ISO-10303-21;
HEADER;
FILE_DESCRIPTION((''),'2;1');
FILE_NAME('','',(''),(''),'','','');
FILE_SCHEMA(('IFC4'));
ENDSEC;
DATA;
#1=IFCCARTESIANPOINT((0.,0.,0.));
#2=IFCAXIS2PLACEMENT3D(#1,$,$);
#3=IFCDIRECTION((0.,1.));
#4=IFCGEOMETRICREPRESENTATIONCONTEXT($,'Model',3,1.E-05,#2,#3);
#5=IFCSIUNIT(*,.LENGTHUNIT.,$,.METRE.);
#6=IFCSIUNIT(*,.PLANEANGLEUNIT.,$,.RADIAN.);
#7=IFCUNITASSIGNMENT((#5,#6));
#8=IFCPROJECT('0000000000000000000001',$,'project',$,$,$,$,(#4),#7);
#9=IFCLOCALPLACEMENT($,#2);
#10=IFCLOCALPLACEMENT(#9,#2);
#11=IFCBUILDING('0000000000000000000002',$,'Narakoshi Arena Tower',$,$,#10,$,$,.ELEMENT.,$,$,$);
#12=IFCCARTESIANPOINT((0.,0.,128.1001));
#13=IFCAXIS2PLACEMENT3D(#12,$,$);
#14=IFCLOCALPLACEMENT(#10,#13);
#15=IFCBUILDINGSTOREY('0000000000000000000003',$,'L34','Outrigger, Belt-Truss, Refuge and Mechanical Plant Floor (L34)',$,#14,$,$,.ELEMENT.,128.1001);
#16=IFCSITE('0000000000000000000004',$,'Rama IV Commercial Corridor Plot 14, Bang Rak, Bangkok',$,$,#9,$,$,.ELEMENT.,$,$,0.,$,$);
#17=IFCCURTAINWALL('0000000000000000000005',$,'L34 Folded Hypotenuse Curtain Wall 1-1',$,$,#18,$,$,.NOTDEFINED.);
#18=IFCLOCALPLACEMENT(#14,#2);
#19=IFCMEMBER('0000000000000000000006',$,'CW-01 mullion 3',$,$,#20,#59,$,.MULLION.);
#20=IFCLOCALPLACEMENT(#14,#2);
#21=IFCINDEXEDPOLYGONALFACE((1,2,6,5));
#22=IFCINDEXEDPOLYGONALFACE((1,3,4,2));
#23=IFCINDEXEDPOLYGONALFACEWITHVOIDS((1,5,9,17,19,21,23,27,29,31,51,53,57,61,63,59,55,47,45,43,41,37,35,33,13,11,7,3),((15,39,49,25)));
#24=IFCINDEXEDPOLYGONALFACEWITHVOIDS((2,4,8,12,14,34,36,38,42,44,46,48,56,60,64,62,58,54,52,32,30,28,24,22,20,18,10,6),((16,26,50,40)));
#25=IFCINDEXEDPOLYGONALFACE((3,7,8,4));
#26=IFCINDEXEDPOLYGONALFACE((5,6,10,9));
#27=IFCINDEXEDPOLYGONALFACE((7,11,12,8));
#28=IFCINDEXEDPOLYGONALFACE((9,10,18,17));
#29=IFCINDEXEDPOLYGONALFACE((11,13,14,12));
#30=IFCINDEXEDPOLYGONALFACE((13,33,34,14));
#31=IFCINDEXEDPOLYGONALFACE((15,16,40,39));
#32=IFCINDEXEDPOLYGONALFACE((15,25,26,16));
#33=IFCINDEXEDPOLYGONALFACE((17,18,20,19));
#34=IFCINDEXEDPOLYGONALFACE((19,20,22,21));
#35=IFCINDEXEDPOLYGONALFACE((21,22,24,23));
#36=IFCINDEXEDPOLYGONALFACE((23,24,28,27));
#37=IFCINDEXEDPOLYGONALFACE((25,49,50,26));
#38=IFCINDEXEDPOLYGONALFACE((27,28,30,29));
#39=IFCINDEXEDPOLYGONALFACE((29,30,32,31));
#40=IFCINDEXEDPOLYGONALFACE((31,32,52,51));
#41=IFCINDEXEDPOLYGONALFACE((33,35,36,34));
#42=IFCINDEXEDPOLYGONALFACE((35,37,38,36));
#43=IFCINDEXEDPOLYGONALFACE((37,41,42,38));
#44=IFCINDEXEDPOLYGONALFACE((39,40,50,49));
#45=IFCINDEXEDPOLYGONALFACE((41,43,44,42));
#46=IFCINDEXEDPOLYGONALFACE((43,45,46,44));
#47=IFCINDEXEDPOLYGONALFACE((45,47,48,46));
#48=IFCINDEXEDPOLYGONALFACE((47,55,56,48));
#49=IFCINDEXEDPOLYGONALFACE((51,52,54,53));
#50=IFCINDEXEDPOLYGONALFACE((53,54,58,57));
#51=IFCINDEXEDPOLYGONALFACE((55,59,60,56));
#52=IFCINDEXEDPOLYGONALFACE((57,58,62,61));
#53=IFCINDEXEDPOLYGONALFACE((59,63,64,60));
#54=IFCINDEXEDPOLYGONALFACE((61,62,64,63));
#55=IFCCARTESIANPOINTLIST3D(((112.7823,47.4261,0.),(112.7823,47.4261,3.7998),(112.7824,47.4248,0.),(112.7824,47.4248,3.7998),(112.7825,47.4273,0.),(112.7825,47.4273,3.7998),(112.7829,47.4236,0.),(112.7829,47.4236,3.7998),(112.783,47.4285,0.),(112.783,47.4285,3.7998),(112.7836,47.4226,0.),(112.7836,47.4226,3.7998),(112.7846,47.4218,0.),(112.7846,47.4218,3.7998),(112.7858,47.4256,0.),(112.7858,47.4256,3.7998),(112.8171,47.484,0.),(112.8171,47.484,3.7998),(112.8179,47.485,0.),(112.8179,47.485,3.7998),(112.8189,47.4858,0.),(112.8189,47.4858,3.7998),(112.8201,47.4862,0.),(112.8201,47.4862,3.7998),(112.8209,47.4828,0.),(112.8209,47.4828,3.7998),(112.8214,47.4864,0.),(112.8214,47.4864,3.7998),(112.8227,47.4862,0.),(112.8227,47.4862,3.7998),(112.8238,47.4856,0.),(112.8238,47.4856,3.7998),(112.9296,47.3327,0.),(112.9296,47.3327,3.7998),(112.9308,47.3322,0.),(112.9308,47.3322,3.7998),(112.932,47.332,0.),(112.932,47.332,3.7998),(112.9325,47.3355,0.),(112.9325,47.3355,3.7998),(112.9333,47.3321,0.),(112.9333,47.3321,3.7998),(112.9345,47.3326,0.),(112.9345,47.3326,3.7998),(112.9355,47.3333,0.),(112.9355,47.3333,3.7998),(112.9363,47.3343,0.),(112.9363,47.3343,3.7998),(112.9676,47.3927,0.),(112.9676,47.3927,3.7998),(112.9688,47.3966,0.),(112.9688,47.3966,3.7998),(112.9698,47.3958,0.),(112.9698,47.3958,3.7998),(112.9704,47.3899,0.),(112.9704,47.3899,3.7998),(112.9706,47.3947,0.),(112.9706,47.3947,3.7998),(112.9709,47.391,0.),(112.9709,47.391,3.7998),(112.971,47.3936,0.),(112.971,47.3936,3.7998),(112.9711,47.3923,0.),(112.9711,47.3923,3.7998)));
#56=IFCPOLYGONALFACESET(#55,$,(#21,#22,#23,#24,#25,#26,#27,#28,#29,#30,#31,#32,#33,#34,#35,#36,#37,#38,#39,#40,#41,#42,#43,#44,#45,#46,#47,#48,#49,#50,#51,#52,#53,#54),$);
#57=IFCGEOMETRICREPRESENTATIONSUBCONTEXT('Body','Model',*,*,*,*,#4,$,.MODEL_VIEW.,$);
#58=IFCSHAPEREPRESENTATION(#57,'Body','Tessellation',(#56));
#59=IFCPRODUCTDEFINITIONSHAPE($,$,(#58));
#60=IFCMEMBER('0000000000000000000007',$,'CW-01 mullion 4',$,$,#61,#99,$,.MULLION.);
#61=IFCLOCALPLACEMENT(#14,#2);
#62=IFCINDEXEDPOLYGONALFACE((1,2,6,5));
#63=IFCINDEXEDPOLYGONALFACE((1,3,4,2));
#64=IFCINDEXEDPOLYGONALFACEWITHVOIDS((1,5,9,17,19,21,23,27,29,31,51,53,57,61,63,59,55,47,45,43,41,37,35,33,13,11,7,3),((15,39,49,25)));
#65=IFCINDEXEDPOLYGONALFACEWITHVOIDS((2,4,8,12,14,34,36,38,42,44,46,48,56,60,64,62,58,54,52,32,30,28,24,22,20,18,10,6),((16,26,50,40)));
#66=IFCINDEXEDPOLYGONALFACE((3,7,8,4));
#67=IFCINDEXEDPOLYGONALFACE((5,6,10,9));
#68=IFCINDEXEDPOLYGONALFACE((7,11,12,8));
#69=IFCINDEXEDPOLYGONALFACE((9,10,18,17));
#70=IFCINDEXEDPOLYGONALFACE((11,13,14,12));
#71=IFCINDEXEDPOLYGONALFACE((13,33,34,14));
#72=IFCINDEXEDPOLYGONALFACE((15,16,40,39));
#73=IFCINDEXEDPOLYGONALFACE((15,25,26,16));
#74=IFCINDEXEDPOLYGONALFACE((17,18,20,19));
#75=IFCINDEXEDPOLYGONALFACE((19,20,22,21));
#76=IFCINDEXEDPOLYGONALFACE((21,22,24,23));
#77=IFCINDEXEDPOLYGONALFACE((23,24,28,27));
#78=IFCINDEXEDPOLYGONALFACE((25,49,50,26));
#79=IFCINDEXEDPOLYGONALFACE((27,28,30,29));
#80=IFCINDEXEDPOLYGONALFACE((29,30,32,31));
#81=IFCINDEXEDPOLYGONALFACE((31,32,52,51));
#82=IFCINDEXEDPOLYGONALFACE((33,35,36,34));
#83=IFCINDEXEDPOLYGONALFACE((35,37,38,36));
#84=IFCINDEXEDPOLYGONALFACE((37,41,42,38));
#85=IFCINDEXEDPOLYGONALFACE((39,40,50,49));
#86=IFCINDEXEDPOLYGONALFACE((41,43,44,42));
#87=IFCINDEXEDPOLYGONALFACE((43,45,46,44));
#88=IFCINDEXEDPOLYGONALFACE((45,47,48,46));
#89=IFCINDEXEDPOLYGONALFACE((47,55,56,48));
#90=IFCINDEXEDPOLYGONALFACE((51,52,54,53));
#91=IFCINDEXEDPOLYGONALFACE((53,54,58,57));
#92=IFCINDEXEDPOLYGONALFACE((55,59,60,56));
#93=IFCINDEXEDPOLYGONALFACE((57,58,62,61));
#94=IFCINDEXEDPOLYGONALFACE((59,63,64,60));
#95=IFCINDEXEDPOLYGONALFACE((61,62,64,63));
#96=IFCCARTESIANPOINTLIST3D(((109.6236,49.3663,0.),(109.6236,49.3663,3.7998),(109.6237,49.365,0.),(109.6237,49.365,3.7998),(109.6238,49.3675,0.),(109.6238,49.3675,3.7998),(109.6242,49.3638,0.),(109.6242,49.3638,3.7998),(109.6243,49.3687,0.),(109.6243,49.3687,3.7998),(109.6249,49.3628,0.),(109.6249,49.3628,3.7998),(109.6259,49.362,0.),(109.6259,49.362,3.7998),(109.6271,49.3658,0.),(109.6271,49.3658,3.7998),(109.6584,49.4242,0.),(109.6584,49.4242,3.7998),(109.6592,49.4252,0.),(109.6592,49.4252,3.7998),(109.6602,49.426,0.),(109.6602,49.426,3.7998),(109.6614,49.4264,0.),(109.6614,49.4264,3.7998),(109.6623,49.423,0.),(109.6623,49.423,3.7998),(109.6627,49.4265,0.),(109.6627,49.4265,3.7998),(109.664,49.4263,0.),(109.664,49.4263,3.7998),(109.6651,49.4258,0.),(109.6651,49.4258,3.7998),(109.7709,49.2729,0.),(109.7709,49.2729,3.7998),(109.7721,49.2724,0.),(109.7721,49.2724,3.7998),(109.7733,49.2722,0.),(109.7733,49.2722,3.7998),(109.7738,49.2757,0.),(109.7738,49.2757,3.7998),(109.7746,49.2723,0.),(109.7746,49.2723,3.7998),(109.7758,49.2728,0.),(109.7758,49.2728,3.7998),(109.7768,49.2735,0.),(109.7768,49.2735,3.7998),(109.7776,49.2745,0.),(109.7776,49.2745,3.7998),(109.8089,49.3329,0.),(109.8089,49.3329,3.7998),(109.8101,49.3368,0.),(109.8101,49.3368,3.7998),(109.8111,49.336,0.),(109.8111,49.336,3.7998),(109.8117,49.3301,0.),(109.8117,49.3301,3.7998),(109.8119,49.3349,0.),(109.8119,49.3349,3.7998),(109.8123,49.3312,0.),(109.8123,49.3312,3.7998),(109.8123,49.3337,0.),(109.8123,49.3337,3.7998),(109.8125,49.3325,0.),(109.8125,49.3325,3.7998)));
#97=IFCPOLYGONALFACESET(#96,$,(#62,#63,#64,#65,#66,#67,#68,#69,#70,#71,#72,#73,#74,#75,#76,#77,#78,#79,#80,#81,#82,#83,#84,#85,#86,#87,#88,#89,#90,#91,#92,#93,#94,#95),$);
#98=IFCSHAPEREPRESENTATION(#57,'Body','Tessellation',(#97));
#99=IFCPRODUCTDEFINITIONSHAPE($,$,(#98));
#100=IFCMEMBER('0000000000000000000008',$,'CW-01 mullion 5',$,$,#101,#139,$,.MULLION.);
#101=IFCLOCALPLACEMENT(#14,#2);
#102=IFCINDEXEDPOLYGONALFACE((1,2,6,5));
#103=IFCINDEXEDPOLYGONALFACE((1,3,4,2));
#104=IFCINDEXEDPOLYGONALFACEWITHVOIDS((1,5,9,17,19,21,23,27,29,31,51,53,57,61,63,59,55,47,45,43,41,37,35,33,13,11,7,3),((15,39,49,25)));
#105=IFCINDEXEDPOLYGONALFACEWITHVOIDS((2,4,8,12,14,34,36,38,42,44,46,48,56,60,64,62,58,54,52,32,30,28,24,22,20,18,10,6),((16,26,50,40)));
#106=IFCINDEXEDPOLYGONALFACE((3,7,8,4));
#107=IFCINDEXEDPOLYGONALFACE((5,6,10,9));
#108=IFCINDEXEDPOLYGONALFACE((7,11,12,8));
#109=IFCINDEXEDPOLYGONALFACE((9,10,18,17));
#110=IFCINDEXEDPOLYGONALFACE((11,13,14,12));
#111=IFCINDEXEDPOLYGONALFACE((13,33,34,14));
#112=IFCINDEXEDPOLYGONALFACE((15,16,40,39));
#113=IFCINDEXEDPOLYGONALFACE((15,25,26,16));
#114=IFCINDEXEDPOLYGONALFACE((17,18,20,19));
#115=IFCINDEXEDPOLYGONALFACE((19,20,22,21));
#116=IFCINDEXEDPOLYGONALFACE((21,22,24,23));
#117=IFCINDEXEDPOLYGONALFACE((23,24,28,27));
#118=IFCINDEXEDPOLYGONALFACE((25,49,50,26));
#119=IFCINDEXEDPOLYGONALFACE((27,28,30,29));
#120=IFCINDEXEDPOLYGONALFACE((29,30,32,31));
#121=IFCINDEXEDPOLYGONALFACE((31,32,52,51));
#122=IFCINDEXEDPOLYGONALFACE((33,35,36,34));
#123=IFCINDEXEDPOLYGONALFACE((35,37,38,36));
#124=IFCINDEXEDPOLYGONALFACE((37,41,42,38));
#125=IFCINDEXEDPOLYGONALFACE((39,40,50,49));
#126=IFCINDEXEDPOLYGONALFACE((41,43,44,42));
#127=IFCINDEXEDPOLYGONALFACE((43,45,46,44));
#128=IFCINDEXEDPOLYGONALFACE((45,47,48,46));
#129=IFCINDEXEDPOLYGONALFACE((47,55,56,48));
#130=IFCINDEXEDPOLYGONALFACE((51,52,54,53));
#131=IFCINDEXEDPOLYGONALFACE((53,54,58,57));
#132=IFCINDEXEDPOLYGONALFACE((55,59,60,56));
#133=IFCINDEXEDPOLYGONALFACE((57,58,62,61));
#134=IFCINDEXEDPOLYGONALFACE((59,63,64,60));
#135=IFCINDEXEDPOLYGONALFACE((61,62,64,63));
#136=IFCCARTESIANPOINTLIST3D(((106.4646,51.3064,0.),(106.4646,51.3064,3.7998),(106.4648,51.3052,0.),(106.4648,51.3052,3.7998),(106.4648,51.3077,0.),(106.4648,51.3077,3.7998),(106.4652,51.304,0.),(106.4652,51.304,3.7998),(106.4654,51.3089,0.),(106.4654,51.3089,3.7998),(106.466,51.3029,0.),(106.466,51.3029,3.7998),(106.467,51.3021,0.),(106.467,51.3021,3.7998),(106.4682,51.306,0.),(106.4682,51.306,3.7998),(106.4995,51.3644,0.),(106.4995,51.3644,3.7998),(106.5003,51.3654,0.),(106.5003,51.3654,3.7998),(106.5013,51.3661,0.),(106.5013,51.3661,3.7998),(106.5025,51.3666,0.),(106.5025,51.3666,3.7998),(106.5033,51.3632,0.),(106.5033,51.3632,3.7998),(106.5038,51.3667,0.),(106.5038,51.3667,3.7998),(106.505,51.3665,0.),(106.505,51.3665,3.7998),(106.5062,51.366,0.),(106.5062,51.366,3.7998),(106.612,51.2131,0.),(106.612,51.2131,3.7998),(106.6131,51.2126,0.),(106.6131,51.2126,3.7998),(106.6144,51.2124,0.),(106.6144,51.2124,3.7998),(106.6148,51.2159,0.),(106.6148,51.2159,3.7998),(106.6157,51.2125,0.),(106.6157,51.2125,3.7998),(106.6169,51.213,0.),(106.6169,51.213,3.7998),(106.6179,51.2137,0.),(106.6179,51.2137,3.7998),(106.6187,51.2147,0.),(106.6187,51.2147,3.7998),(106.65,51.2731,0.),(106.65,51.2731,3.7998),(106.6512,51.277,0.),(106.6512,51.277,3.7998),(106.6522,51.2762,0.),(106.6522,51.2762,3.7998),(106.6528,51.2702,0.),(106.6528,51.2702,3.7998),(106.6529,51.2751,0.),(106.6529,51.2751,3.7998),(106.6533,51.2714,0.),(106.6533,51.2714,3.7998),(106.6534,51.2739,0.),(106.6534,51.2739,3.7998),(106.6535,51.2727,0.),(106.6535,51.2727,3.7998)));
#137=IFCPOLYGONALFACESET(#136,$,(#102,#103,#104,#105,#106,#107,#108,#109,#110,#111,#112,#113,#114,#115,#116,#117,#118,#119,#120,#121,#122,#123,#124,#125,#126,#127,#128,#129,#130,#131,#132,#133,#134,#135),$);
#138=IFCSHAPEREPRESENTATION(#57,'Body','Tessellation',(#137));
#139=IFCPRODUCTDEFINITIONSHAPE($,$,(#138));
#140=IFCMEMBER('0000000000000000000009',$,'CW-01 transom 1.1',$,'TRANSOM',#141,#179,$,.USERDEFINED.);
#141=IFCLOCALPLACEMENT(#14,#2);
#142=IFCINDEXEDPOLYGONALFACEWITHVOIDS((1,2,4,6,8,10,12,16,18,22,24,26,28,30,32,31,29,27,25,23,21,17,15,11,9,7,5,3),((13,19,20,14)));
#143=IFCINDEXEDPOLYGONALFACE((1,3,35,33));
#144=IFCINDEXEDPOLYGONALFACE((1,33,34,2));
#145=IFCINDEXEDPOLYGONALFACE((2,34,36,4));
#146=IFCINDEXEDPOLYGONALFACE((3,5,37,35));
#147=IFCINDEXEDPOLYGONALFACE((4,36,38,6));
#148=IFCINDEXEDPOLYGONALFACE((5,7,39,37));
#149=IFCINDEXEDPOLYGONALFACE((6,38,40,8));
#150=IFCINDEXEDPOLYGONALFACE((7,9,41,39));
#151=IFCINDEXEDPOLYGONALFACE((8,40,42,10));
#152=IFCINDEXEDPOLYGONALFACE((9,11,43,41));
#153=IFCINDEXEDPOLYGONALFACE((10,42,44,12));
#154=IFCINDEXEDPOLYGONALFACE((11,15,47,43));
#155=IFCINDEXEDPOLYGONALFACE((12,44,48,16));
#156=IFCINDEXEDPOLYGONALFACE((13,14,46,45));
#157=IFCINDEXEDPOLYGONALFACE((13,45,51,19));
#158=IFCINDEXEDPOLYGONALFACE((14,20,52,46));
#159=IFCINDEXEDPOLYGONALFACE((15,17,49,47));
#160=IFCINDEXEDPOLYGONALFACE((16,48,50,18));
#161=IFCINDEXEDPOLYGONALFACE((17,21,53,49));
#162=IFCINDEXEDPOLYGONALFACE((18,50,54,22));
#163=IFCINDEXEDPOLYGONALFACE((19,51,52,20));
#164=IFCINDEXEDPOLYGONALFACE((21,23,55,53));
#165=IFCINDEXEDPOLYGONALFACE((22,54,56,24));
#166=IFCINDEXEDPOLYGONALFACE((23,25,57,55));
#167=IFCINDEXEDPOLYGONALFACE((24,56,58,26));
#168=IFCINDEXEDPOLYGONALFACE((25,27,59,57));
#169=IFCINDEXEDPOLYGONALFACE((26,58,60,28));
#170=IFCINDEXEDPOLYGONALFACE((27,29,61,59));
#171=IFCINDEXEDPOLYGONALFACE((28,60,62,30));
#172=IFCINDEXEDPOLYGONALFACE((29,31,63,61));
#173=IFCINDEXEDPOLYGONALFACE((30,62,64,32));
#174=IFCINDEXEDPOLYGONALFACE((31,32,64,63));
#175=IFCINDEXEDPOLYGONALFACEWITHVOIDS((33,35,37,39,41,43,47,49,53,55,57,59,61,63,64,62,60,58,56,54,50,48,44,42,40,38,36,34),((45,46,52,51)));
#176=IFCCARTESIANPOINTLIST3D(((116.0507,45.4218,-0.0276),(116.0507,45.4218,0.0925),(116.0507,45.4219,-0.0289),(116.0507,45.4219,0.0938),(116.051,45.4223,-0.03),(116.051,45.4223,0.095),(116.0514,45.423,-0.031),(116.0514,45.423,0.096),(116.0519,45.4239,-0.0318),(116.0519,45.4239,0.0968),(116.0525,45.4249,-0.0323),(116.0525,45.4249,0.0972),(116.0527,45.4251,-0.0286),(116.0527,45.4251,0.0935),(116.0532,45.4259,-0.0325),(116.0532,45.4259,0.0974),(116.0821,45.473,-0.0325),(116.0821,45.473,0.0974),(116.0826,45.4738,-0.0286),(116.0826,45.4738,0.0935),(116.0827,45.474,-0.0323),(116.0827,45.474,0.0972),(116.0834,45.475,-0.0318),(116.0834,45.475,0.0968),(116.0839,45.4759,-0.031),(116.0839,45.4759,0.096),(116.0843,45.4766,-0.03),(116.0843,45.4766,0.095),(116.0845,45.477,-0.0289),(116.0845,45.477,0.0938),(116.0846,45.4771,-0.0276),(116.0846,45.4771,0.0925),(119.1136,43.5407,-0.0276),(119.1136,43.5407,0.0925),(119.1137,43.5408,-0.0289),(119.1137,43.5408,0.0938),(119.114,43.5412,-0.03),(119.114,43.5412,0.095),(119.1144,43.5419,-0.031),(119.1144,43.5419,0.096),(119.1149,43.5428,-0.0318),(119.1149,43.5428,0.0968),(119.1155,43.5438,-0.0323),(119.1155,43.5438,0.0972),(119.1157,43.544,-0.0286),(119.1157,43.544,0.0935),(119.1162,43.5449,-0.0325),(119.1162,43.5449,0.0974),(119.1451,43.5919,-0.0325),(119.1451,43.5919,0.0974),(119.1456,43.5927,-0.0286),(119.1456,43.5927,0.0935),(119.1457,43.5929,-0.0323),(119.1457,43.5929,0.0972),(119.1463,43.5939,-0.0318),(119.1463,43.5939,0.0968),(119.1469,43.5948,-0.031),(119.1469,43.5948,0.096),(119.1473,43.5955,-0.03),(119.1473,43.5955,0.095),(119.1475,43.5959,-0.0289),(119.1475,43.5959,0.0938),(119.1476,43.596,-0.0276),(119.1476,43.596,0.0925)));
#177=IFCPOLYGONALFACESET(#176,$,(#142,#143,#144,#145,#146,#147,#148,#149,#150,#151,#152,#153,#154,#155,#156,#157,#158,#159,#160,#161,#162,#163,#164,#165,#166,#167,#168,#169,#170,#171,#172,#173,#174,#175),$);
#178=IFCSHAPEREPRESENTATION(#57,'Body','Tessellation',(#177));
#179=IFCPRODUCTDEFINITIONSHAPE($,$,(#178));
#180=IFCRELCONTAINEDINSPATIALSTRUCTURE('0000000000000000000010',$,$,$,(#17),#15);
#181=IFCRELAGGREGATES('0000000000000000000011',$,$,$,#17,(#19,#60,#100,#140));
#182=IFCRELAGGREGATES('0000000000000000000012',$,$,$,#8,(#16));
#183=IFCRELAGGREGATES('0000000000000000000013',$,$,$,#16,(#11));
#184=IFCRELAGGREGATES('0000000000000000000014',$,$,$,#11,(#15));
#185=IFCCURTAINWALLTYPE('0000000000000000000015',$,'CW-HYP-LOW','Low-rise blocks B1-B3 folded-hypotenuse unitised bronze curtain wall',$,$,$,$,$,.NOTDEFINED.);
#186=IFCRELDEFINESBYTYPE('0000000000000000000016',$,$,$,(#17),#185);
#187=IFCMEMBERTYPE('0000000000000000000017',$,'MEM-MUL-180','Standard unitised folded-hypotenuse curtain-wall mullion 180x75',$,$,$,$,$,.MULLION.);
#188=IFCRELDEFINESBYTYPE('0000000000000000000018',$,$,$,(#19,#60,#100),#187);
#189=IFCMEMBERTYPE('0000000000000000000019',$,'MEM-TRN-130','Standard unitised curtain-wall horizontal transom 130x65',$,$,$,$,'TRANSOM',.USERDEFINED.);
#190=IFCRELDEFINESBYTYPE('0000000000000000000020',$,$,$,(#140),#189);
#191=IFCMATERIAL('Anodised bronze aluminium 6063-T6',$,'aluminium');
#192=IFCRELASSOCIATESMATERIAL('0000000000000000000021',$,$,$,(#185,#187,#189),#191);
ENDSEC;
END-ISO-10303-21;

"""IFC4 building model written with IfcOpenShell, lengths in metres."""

from ifc_helpers import new_model, si_unit, direction, frame, origin, origin_2d, place, context, subcontext, project, spatial, hollow_rectangle, extrude, material, material_profile, profile_set, type_object, element, aggregate, save


model = new_model("IFC4")

# Units and contexts
model_context = context("Model", 3, precision=1e-05, world=origin(), true_north=direction((0.0, 1.0)))
body_context = subcontext(model_context, "Body", "Model", "MODEL_VIEW")
ifc_project = project(units=[si_unit("LENGTHUNIT", "METRE"), si_unit("PLANEANGLEUNIT", "RADIAN")], contexts=[model_context])

# Site, building, storey
site_placement = place(None, origin())
site = spatial("IfcSite", under=ifc_project, at=site_placement, Name="Rama IV Commercial Corridor Plot 14, Bang Rak, Bangkok", CompositionType="ELEMENT", RefElevation=0.0)
building_placement = place(site_placement, origin())
building = spatial("IfcBuilding", under=site, at=building_placement, Name="Narakoshi Arena Tower", CompositionType="ELEMENT")
storey_placement = place(building_placement, frame((0.0, 0.0, 128.1001)))
storey = spatial("IfcBuildingStorey", under=building, at=storey_placement, Name="L34", Description="Outrigger, Belt-Truss, Refuge and Mechanical Plant Floor (L34)", CompositionType="ELEMENT", Elevation=128.1001)

# Curtain wall, members
ifc_material_1 = material(Name="Anodised bronze aluminium 6063-T6", Category="aluminium")
curtain_wall_type = type_object("IfcCurtainWallType", Name="CW-HYP-LOW", Description="Low-rise blocks B1-B3 folded-hypotenuse unitised bronze curtain wall", PredefinedType="NOTDEFINED", material=ifc_material_1)
curtain_wall_placement = place(storey_placement, origin())
curtain_wall = element("IfcCurtainWall", 1, at=curtain_wall_placement, inside=storey, type_object=curtain_wall_type, Name="L34 Folded Hypotenuse Curtain Wall 1-1", PredefinedType="NOTDEFINED")
ifc_material_profile_1 = material_profile(ifc_material_1, hollow_rectangle(XDim=0.075, YDim=0.1799, WallThickness=0.0039, OuterFilletRadius=0.0049, at=origin_2d()), Name="MUL180x75x4")
ifc_profile_set_1 = profile_set([ifc_material_profile_1], Name="Anodised bronze aluminium 6063-T6")
member_type_1 = type_object("IfcMemberType", Name="MEM-MUL-180", Description="Standard unitised folded-hypotenuse curtain-wall mullion 180x75", PredefinedType="MULLION", material=ifc_profile_set_1)
member_1_placement = place(storey_placement, frame((112.8767, 47.4092, 0.0), z_axis=(0.0, 0.0, 1.0), x_axis=(-0.523358, -0.852113, 0.0)))
member_1 = element("IfcMember", 2, at=member_1_placement, type_object=member_type_1, Name="CW-01 mullion 3", PredefinedType="MULLION", context=body_context, shape_type="SweptSolid", body=[
    extrude(hollow_rectangle(XDim=0.075, YDim=0.1799, WallThickness=0.0039, OuterFilletRadius=0.0049, at=origin_2d()), origin(), (0.0, 0.0, 1.0), 3.7998),
])
member_2_placement = place(storey_placement, frame((109.718, 49.3494, 0.0), z_axis=(0.0, 0.0, 1.0), x_axis=(-0.523358, -0.852113, 0.0)))
member_2 = element("IfcMember", 3, at=member_2_placement, type_object=member_type_1, Name="CW-01 mullion 4", PredefinedType="MULLION", context=body_context, shape_type="SweptSolid", body=[
    extrude(hollow_rectangle(XDim=0.075, YDim=0.1799, WallThickness=0.0039, OuterFilletRadius=0.0049, at=origin_2d()), origin(), (0.0, 0.0, 1.0), 3.7998),
])
member_3_placement = place(storey_placement, frame((106.5591, 51.2896, 0.0), z_axis=(0.0, 0.0, 1.0), x_axis=(-0.523358, -0.852113, 0.0)))
member_3 = element("IfcMember", 4, at=member_3_placement, type_object=member_type_1, Name="CW-01 mullion 5", PredefinedType="MULLION", context=body_context, shape_type="SweptSolid", body=[
    extrude(hollow_rectangle(XDim=0.075, YDim=0.1799, WallThickness=0.0039, OuterFilletRadius=0.0049, at=origin_2d()), origin(), (0.0, 0.0, 1.0), 3.7998),
])
ifc_material_profile_2 = material_profile(ifc_material_1, hollow_rectangle(XDim=0.0649, YDim=0.1299, WallThickness=0.0039, OuterFilletRadius=0.0049, at=origin_2d()), Name="TRN130x65x4")
ifc_profile_set_2 = profile_set([ifc_material_profile_2], Name="Anodised bronze aluminium 6063-T6")
member_type_2 = type_object("IfcMemberType", Name="MEM-TRN-130", Description="Standard unitised curtain-wall horizontal transom 130x65", ElementType="TRANSOM", PredefinedType="USERDEFINED", material=ifc_profile_set_2)
member_4_placement = place(storey_placement, frame((119.1306, 43.5684, 0.0325), z_axis=(-0.852131, 0.523328, 0.0), x_axis=(-0.523328, -0.852131, 0.0)))
member_4 = element("IfcMember", 5, at=member_4_placement, type_object=member_type_2, Name="CW-01 transom 1.1", ObjectType="TRANSOM", PredefinedType="USERDEFINED", context=body_context, shape_type="SweptSolid", body=[
    extrude(hollow_rectangle(XDim=0.0649, YDim=0.1299, WallThickness=0.0039, OuterFilletRadius=0.0049, at=origin_2d()), origin(), (0.0, 0.0, 1.0), 3.5945),
])
aggregate(curtain_wall, [member_1, member_2, member_3, member_4])

save(model, "model.ifc")
